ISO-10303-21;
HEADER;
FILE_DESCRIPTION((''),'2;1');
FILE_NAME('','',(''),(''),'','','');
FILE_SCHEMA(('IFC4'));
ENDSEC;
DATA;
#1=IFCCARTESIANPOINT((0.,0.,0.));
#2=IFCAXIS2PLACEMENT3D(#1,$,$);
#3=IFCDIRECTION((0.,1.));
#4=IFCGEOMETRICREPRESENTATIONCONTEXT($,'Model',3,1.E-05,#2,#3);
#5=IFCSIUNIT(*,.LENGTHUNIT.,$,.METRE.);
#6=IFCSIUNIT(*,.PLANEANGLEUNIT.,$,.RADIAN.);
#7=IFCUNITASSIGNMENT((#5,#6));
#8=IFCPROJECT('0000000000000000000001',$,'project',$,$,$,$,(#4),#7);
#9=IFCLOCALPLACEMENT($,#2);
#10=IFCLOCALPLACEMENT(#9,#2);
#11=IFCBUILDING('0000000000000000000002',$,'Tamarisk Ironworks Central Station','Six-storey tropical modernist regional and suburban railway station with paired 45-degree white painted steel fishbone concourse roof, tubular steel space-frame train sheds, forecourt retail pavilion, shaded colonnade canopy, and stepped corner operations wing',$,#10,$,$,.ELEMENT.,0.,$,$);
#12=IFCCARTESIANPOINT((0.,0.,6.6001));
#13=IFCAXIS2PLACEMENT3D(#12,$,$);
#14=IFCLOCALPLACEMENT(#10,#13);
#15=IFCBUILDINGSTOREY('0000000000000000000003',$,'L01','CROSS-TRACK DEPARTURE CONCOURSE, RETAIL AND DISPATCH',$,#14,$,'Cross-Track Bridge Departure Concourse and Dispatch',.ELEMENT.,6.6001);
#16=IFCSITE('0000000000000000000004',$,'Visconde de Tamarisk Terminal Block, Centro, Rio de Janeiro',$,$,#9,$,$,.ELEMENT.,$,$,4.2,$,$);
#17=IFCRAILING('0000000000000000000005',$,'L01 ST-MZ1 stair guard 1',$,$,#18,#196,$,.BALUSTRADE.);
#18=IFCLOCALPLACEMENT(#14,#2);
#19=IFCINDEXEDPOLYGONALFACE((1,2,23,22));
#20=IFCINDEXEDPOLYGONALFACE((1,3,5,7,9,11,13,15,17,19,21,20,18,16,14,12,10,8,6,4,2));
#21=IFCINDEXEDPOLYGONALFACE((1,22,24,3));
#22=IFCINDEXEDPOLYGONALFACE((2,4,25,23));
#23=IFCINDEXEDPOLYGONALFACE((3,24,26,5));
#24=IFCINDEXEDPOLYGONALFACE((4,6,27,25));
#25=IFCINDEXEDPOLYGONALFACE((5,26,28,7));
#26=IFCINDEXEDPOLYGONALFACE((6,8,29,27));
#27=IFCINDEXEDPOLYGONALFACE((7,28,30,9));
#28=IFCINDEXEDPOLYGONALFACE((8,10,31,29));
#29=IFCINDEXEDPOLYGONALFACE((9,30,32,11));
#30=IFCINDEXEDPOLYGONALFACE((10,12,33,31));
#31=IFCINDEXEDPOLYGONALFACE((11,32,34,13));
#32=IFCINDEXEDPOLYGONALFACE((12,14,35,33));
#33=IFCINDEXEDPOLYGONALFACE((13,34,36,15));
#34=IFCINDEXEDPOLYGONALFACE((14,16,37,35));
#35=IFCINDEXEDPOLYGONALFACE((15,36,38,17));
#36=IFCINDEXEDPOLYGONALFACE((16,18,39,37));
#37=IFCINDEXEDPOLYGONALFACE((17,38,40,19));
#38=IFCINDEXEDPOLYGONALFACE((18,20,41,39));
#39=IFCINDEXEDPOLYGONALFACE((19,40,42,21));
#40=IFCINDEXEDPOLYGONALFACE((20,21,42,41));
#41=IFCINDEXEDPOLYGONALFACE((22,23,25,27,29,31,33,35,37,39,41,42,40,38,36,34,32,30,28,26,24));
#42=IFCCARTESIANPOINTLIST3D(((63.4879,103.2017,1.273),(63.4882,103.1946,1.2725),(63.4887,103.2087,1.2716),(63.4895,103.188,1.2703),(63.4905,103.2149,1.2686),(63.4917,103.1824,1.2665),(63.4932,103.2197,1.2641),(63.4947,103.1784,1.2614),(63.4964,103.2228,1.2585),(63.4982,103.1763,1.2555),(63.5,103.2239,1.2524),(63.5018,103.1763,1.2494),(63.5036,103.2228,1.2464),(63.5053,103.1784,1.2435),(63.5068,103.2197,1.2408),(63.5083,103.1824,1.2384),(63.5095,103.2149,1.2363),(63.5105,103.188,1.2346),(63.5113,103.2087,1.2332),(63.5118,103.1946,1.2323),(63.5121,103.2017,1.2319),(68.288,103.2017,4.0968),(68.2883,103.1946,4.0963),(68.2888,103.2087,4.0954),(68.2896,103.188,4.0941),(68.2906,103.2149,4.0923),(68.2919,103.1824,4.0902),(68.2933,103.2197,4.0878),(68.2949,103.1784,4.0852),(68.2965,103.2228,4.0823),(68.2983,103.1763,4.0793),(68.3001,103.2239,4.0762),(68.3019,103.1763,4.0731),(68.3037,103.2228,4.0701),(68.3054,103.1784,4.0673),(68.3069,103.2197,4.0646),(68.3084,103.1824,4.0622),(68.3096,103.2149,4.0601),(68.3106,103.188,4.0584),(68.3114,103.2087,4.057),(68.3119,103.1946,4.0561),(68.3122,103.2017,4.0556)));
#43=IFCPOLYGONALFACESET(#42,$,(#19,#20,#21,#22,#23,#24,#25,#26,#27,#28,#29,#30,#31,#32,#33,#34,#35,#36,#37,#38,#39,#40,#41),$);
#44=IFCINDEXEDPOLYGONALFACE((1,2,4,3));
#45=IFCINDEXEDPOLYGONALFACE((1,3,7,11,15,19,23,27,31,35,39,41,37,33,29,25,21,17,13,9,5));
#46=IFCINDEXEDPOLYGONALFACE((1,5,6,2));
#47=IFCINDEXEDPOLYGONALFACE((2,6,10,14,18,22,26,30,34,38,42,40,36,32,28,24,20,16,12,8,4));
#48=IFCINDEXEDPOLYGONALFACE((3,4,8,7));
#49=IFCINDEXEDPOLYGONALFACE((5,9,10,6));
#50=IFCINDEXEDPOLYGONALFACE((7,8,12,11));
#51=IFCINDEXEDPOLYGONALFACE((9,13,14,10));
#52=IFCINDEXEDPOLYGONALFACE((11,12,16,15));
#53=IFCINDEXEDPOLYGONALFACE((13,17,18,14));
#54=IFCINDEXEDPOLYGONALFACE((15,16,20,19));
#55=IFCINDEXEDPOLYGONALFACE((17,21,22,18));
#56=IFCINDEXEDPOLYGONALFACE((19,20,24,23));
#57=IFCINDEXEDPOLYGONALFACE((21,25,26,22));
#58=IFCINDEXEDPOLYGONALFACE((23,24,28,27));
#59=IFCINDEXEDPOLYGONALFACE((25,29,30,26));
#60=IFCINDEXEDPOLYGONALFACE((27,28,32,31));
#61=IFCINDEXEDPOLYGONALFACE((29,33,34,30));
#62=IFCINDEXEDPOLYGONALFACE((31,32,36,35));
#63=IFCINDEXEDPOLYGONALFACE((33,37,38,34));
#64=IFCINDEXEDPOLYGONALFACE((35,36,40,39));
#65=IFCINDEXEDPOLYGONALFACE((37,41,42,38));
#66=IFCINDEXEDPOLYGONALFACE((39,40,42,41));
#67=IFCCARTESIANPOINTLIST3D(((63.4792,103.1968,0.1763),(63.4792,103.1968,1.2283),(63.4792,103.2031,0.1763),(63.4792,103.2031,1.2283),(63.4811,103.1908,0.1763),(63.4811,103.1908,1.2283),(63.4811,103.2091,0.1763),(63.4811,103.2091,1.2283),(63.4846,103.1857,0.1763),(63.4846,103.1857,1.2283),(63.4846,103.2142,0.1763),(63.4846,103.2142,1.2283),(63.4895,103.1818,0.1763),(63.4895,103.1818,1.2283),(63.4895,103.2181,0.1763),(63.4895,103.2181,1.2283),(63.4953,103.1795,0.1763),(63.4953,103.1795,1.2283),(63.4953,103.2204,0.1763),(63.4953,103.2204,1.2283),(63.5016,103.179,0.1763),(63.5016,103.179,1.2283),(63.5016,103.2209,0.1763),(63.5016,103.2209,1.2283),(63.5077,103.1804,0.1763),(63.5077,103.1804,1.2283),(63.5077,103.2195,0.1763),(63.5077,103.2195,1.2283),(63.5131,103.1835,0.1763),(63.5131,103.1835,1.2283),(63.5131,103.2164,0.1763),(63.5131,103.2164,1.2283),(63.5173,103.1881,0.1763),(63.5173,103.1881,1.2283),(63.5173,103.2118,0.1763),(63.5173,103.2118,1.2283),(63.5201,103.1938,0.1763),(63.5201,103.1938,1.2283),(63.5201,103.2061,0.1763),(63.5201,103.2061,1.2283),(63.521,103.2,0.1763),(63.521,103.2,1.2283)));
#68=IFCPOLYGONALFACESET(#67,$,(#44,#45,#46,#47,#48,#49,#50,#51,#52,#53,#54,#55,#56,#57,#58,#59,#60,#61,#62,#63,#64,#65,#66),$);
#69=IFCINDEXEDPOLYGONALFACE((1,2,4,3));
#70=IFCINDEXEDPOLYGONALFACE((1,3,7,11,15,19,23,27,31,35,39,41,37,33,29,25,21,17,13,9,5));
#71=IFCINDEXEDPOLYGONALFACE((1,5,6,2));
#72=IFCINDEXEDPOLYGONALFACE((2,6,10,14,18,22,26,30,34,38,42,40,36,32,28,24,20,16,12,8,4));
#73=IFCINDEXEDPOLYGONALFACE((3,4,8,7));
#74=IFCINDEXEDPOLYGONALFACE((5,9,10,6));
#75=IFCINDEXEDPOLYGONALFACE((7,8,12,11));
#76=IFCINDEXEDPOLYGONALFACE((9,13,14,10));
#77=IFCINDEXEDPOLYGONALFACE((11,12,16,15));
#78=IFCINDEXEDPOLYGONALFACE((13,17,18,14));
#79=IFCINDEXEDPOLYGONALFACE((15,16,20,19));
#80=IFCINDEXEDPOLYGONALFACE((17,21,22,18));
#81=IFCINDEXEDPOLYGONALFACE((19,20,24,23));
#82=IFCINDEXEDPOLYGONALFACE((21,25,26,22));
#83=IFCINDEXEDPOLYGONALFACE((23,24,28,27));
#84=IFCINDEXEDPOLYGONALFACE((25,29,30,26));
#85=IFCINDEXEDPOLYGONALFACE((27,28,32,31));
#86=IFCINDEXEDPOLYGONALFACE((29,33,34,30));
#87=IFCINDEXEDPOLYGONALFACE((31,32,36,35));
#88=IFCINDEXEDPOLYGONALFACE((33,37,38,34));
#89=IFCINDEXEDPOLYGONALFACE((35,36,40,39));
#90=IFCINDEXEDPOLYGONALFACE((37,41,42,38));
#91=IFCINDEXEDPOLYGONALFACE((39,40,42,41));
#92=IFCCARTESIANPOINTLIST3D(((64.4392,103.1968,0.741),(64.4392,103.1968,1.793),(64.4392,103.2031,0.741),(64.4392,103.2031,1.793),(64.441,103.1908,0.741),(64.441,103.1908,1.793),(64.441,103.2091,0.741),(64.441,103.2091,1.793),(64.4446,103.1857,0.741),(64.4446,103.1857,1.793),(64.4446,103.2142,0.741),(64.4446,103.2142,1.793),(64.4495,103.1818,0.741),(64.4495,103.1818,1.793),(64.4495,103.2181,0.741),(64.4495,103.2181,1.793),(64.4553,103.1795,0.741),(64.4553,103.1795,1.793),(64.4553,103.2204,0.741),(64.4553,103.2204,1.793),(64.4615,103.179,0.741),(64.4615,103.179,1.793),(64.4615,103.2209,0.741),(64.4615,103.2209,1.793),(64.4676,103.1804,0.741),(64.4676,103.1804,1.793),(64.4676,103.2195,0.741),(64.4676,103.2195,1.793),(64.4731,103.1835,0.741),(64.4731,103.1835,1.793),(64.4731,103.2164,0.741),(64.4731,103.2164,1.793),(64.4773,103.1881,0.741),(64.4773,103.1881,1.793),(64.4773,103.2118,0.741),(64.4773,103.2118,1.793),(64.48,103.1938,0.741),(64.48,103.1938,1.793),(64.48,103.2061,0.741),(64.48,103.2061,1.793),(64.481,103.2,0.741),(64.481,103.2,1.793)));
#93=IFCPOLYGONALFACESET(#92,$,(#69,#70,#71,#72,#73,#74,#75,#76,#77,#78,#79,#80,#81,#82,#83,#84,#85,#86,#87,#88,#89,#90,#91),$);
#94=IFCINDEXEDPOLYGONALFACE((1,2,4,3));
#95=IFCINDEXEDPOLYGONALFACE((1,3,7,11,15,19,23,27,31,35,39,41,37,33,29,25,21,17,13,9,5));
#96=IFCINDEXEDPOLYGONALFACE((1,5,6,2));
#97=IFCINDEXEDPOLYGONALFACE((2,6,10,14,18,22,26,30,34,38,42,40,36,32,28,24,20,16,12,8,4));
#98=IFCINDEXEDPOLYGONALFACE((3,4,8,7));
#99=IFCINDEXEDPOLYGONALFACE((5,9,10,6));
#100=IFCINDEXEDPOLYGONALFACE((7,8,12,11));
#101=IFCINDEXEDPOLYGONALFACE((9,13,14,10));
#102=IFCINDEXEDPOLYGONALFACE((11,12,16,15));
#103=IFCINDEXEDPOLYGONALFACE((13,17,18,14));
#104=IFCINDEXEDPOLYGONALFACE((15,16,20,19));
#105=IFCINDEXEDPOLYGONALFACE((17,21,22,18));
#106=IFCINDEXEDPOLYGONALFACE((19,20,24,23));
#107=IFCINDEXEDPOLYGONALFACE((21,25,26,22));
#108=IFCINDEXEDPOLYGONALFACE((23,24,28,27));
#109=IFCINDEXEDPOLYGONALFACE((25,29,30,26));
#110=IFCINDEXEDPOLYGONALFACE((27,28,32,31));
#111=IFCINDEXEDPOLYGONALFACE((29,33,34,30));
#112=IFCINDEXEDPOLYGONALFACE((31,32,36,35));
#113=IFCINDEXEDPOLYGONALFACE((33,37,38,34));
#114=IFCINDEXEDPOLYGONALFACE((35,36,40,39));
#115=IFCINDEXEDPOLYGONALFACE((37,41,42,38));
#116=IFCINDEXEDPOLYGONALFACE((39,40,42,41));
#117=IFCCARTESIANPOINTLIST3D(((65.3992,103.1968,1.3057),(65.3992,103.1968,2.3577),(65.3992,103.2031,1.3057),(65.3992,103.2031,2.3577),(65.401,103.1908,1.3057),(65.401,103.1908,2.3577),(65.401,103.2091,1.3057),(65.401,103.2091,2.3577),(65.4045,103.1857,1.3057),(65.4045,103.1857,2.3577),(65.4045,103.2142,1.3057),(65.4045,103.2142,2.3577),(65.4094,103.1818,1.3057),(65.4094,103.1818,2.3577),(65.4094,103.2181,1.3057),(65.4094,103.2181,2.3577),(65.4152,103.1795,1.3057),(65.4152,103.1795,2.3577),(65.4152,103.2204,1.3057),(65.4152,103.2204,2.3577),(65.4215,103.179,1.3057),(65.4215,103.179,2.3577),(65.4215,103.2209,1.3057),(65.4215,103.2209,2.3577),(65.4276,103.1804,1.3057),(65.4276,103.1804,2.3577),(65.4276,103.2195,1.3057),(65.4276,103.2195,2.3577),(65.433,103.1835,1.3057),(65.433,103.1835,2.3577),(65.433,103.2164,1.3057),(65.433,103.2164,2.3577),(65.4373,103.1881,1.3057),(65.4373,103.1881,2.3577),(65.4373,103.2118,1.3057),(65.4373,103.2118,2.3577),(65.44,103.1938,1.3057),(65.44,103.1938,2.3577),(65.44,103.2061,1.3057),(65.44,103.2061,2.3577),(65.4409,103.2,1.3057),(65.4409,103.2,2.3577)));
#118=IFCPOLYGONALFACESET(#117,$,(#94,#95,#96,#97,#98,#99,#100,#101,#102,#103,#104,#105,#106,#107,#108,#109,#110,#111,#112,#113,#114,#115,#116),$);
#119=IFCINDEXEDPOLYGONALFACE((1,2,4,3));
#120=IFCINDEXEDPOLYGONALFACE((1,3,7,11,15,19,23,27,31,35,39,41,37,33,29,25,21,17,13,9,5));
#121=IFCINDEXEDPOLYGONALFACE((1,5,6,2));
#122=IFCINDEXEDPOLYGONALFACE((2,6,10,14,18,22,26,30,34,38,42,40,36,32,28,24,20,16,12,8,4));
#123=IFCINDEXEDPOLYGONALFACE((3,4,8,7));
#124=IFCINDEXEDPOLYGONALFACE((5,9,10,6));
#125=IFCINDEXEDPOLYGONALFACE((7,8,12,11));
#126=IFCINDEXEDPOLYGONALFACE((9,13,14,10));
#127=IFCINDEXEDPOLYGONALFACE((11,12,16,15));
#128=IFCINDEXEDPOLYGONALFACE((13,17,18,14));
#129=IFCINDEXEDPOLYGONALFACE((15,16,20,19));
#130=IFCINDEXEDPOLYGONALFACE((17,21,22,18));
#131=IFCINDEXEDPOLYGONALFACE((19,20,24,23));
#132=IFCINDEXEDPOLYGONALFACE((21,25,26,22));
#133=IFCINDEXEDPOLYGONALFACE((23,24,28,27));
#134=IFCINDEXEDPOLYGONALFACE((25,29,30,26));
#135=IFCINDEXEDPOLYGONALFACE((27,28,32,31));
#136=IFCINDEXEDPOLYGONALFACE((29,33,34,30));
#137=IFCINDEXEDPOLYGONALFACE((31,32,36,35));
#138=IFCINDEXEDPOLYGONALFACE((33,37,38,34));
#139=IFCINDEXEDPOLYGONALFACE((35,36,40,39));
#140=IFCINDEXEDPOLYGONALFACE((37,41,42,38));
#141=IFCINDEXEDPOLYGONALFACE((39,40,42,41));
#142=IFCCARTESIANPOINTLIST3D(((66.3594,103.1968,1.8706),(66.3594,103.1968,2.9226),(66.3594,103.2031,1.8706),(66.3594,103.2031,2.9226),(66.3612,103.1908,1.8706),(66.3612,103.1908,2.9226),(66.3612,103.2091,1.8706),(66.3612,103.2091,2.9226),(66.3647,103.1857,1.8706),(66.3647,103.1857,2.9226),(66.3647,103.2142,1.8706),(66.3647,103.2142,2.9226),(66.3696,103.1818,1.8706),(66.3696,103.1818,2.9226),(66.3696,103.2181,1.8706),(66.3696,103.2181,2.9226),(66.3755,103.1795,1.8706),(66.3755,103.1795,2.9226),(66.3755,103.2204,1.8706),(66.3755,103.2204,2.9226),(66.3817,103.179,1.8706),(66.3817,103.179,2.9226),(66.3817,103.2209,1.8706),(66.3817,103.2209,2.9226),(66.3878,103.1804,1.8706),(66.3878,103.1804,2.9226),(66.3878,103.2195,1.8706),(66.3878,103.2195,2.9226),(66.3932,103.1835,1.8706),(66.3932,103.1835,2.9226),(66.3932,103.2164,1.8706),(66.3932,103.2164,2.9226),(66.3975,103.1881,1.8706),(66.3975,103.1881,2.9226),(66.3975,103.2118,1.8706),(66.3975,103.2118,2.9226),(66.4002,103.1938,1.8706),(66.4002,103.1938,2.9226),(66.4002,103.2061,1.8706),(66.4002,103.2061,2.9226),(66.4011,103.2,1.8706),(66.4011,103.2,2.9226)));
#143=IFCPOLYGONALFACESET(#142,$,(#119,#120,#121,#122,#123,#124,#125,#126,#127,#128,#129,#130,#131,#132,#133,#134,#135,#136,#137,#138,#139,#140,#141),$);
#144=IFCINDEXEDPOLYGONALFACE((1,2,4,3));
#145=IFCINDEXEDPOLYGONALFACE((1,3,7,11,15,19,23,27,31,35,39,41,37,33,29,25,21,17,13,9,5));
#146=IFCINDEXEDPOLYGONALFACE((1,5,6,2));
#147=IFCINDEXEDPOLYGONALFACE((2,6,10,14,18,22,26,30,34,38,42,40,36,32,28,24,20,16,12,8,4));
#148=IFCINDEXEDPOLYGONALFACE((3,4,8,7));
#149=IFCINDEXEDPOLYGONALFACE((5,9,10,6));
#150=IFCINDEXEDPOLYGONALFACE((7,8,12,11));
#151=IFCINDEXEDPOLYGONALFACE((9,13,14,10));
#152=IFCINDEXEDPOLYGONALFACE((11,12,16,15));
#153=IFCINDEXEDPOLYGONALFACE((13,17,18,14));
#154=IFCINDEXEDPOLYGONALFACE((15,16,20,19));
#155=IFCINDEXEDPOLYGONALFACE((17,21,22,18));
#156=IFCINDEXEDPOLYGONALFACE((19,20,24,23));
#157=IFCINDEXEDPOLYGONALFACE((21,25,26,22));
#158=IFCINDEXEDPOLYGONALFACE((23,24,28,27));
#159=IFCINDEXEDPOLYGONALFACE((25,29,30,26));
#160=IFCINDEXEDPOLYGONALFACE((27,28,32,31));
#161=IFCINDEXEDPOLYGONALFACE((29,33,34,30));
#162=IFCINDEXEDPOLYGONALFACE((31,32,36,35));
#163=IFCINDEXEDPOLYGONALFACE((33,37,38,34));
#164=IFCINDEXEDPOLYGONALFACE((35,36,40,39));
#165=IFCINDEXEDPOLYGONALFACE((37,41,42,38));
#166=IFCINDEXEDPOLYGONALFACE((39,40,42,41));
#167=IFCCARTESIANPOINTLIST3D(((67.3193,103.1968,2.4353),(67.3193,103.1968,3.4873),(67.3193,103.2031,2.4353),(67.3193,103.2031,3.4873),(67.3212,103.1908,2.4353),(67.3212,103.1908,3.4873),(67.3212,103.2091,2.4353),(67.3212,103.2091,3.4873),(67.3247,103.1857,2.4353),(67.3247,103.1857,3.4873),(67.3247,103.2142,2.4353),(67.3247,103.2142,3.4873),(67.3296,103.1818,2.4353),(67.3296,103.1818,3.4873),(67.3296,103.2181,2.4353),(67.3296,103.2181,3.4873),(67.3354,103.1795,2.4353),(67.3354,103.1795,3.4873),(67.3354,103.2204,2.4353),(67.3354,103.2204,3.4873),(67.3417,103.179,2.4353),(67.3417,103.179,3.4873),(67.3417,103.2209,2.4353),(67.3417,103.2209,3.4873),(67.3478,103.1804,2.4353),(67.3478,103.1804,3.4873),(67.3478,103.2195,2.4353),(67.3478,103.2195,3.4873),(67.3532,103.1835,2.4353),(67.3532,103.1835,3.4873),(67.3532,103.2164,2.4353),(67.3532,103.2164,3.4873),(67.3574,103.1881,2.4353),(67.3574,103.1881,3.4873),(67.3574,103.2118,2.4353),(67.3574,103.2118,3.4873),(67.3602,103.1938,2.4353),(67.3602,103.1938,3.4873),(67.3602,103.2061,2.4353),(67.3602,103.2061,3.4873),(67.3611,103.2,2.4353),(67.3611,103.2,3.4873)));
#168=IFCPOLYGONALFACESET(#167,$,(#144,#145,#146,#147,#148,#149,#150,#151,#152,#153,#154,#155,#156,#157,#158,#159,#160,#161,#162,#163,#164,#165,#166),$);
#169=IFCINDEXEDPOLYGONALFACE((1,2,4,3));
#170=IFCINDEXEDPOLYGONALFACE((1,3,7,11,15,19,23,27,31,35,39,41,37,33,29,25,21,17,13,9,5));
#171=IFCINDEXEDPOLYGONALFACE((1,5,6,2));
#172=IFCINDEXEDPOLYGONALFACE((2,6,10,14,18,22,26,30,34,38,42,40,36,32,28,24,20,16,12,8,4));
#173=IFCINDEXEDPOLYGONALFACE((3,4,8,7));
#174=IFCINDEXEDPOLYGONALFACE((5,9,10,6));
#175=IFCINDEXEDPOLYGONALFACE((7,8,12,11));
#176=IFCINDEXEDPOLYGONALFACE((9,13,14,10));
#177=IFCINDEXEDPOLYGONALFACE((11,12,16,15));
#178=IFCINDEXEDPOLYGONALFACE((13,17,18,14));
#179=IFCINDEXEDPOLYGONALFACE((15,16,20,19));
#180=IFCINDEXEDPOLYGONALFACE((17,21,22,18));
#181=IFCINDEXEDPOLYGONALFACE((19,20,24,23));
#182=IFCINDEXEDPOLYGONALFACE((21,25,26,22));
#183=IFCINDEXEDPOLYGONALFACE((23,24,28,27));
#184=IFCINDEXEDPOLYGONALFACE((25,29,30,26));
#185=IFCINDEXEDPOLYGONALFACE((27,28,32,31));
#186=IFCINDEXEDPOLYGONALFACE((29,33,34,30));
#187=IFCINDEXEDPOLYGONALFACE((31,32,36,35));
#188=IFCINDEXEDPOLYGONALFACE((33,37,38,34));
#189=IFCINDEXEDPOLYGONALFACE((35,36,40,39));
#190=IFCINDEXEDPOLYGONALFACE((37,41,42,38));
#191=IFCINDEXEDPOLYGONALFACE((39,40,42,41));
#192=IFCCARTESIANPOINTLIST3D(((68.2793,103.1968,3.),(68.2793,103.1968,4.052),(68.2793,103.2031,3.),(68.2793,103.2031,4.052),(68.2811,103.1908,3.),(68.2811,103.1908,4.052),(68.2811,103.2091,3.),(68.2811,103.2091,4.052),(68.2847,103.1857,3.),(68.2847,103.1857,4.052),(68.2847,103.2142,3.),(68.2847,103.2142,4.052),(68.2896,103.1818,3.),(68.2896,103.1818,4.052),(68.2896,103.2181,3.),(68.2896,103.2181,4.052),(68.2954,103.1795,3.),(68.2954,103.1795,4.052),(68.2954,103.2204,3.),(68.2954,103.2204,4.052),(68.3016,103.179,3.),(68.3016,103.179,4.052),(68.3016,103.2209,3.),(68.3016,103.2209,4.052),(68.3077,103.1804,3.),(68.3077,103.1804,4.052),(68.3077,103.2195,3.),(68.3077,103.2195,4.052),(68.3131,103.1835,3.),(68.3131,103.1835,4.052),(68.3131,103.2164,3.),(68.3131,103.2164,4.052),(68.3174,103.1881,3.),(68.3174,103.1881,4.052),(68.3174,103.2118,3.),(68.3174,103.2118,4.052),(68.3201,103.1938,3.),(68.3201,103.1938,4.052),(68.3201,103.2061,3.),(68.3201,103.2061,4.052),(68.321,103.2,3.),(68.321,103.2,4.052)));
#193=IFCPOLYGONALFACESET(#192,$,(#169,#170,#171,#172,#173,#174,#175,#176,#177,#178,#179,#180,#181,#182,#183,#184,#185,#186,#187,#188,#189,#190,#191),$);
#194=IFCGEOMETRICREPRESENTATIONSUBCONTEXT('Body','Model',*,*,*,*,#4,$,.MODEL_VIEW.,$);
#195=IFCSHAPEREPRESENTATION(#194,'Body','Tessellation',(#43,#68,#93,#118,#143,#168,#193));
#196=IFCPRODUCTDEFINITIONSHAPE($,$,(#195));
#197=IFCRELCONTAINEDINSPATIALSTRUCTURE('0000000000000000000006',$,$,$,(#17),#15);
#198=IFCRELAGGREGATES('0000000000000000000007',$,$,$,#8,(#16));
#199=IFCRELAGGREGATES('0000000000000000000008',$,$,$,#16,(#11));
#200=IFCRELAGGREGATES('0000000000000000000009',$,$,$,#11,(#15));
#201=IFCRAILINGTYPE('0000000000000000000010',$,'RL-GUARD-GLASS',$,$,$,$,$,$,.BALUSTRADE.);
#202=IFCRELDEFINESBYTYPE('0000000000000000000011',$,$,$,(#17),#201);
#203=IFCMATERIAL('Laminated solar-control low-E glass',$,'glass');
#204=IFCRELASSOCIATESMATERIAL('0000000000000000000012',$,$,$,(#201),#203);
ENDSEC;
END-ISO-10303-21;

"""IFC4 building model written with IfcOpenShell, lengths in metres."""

from ifc_helpers import new_model, si_unit, direction, frame, origin, origin_2d, place, context, subcontext, project, spatial, circle, extrude, material, type_object, element, save


model = new_model("IFC4")

# Units and contexts
model_context = context("Model", 3, precision=1e-05, world=origin(), true_north=direction((0.0, 1.0)))
body_context = subcontext(model_context, "Body", "Model", "MODEL_VIEW")
ifc_project = project(units=[si_unit("LENGTHUNIT", "METRE"), si_unit("PLANEANGLEUNIT", "RADIAN")], contexts=[model_context])

# Site, building, storey
site_placement = place(None, origin())
site = spatial("IfcSite", under=ifc_project, at=site_placement, Name="Visconde de Tamarisk Terminal Block, Centro, Rio de Janeiro", CompositionType="ELEMENT", RefElevation=4.2)
building_placement = place(site_placement, origin())
building = spatial("IfcBuilding", under=site, at=building_placement, Name="Tamarisk Ironworks Central Station", Description="Six-storey tropical modernist regional and suburban railway station with paired 45-degree white painted steel fishbone concourse roof, tubular steel space-frame train sheds, forecourt retail pavilion, shaded colonnade canopy, and stepped corner operations wing", CompositionType="ELEMENT", ElevationOfRefHeight=0.0)
storey_placement = place(building_placement, frame((0.0, 0.0, 6.6001)))
storey = spatial("IfcBuildingStorey", under=building, at=storey_placement, Name="L01", Description="CROSS-TRACK DEPARTURE CONCOURSE, RETAIL AND DISPATCH", LongName="Cross-Track Bridge Departure Concourse and Dispatch", CompositionType="ELEMENT", Elevation=6.6001)

# Shared definitions
ifc_material_1 = material(Name="Laminated solar-control low-E glass", Category="glass")

# Railing
railing_type = type_object("IfcRailingType", Name="RL-GUARD-GLASS", PredefinedType="BALUSTRADE", material=ifc_material_1)
railing_1_placement = place(storey_placement, frame((63.5, 103.2, 0.1763)))
element("IfcRailing", 1, at=railing_1_placement, inside=storey, type_object=railing_type, Name="L01 ST-MZ1 stair guard 1", PredefinedType="BALUSTRADE", context=body_context, shape_type="SweptSolid", body=[
    extrude(circle(Radius=0.0239, at=origin_2d()), frame((0.0, 0.0, 1.0762), z_axis=(0.861921, 0.0, 0.507043), x_axis=(0.0, 1.0, 0.0)), (0.0, 0.0, 1.0), 5.5691),
    extrude(circle(Radius=0.021, at=origin_2d()), origin(), (0.0, 0.0, 1.0), 1.052),
    extrude(circle(Radius=0.021, at=origin_2d()), frame((0.96, 0.0, 0.5647)), (0.0, 0.0, 1.0), 1.052),
    extrude(circle(Radius=0.021, at=origin_2d()), frame((1.9199, 0.0, 1.1294)), (0.0, 0.0, 1.0), 1.052),
    extrude(circle(Radius=0.021, at=origin_2d()), frame((2.8801, 0.0, 1.6943)), (0.0, 0.0, 1.0), 1.052),
    extrude(circle(Radius=0.021, at=origin_2d()), frame((3.8401, 0.0, 2.259)), (0.0, 0.0, 1.0), 1.052),
    extrude(circle(Radius=0.021, at=origin_2d()), frame((4.8, 0.0, 2.8237)), (0.0, 0.0, 1.0), 1.052),
])

save(model, "model.ifc")
